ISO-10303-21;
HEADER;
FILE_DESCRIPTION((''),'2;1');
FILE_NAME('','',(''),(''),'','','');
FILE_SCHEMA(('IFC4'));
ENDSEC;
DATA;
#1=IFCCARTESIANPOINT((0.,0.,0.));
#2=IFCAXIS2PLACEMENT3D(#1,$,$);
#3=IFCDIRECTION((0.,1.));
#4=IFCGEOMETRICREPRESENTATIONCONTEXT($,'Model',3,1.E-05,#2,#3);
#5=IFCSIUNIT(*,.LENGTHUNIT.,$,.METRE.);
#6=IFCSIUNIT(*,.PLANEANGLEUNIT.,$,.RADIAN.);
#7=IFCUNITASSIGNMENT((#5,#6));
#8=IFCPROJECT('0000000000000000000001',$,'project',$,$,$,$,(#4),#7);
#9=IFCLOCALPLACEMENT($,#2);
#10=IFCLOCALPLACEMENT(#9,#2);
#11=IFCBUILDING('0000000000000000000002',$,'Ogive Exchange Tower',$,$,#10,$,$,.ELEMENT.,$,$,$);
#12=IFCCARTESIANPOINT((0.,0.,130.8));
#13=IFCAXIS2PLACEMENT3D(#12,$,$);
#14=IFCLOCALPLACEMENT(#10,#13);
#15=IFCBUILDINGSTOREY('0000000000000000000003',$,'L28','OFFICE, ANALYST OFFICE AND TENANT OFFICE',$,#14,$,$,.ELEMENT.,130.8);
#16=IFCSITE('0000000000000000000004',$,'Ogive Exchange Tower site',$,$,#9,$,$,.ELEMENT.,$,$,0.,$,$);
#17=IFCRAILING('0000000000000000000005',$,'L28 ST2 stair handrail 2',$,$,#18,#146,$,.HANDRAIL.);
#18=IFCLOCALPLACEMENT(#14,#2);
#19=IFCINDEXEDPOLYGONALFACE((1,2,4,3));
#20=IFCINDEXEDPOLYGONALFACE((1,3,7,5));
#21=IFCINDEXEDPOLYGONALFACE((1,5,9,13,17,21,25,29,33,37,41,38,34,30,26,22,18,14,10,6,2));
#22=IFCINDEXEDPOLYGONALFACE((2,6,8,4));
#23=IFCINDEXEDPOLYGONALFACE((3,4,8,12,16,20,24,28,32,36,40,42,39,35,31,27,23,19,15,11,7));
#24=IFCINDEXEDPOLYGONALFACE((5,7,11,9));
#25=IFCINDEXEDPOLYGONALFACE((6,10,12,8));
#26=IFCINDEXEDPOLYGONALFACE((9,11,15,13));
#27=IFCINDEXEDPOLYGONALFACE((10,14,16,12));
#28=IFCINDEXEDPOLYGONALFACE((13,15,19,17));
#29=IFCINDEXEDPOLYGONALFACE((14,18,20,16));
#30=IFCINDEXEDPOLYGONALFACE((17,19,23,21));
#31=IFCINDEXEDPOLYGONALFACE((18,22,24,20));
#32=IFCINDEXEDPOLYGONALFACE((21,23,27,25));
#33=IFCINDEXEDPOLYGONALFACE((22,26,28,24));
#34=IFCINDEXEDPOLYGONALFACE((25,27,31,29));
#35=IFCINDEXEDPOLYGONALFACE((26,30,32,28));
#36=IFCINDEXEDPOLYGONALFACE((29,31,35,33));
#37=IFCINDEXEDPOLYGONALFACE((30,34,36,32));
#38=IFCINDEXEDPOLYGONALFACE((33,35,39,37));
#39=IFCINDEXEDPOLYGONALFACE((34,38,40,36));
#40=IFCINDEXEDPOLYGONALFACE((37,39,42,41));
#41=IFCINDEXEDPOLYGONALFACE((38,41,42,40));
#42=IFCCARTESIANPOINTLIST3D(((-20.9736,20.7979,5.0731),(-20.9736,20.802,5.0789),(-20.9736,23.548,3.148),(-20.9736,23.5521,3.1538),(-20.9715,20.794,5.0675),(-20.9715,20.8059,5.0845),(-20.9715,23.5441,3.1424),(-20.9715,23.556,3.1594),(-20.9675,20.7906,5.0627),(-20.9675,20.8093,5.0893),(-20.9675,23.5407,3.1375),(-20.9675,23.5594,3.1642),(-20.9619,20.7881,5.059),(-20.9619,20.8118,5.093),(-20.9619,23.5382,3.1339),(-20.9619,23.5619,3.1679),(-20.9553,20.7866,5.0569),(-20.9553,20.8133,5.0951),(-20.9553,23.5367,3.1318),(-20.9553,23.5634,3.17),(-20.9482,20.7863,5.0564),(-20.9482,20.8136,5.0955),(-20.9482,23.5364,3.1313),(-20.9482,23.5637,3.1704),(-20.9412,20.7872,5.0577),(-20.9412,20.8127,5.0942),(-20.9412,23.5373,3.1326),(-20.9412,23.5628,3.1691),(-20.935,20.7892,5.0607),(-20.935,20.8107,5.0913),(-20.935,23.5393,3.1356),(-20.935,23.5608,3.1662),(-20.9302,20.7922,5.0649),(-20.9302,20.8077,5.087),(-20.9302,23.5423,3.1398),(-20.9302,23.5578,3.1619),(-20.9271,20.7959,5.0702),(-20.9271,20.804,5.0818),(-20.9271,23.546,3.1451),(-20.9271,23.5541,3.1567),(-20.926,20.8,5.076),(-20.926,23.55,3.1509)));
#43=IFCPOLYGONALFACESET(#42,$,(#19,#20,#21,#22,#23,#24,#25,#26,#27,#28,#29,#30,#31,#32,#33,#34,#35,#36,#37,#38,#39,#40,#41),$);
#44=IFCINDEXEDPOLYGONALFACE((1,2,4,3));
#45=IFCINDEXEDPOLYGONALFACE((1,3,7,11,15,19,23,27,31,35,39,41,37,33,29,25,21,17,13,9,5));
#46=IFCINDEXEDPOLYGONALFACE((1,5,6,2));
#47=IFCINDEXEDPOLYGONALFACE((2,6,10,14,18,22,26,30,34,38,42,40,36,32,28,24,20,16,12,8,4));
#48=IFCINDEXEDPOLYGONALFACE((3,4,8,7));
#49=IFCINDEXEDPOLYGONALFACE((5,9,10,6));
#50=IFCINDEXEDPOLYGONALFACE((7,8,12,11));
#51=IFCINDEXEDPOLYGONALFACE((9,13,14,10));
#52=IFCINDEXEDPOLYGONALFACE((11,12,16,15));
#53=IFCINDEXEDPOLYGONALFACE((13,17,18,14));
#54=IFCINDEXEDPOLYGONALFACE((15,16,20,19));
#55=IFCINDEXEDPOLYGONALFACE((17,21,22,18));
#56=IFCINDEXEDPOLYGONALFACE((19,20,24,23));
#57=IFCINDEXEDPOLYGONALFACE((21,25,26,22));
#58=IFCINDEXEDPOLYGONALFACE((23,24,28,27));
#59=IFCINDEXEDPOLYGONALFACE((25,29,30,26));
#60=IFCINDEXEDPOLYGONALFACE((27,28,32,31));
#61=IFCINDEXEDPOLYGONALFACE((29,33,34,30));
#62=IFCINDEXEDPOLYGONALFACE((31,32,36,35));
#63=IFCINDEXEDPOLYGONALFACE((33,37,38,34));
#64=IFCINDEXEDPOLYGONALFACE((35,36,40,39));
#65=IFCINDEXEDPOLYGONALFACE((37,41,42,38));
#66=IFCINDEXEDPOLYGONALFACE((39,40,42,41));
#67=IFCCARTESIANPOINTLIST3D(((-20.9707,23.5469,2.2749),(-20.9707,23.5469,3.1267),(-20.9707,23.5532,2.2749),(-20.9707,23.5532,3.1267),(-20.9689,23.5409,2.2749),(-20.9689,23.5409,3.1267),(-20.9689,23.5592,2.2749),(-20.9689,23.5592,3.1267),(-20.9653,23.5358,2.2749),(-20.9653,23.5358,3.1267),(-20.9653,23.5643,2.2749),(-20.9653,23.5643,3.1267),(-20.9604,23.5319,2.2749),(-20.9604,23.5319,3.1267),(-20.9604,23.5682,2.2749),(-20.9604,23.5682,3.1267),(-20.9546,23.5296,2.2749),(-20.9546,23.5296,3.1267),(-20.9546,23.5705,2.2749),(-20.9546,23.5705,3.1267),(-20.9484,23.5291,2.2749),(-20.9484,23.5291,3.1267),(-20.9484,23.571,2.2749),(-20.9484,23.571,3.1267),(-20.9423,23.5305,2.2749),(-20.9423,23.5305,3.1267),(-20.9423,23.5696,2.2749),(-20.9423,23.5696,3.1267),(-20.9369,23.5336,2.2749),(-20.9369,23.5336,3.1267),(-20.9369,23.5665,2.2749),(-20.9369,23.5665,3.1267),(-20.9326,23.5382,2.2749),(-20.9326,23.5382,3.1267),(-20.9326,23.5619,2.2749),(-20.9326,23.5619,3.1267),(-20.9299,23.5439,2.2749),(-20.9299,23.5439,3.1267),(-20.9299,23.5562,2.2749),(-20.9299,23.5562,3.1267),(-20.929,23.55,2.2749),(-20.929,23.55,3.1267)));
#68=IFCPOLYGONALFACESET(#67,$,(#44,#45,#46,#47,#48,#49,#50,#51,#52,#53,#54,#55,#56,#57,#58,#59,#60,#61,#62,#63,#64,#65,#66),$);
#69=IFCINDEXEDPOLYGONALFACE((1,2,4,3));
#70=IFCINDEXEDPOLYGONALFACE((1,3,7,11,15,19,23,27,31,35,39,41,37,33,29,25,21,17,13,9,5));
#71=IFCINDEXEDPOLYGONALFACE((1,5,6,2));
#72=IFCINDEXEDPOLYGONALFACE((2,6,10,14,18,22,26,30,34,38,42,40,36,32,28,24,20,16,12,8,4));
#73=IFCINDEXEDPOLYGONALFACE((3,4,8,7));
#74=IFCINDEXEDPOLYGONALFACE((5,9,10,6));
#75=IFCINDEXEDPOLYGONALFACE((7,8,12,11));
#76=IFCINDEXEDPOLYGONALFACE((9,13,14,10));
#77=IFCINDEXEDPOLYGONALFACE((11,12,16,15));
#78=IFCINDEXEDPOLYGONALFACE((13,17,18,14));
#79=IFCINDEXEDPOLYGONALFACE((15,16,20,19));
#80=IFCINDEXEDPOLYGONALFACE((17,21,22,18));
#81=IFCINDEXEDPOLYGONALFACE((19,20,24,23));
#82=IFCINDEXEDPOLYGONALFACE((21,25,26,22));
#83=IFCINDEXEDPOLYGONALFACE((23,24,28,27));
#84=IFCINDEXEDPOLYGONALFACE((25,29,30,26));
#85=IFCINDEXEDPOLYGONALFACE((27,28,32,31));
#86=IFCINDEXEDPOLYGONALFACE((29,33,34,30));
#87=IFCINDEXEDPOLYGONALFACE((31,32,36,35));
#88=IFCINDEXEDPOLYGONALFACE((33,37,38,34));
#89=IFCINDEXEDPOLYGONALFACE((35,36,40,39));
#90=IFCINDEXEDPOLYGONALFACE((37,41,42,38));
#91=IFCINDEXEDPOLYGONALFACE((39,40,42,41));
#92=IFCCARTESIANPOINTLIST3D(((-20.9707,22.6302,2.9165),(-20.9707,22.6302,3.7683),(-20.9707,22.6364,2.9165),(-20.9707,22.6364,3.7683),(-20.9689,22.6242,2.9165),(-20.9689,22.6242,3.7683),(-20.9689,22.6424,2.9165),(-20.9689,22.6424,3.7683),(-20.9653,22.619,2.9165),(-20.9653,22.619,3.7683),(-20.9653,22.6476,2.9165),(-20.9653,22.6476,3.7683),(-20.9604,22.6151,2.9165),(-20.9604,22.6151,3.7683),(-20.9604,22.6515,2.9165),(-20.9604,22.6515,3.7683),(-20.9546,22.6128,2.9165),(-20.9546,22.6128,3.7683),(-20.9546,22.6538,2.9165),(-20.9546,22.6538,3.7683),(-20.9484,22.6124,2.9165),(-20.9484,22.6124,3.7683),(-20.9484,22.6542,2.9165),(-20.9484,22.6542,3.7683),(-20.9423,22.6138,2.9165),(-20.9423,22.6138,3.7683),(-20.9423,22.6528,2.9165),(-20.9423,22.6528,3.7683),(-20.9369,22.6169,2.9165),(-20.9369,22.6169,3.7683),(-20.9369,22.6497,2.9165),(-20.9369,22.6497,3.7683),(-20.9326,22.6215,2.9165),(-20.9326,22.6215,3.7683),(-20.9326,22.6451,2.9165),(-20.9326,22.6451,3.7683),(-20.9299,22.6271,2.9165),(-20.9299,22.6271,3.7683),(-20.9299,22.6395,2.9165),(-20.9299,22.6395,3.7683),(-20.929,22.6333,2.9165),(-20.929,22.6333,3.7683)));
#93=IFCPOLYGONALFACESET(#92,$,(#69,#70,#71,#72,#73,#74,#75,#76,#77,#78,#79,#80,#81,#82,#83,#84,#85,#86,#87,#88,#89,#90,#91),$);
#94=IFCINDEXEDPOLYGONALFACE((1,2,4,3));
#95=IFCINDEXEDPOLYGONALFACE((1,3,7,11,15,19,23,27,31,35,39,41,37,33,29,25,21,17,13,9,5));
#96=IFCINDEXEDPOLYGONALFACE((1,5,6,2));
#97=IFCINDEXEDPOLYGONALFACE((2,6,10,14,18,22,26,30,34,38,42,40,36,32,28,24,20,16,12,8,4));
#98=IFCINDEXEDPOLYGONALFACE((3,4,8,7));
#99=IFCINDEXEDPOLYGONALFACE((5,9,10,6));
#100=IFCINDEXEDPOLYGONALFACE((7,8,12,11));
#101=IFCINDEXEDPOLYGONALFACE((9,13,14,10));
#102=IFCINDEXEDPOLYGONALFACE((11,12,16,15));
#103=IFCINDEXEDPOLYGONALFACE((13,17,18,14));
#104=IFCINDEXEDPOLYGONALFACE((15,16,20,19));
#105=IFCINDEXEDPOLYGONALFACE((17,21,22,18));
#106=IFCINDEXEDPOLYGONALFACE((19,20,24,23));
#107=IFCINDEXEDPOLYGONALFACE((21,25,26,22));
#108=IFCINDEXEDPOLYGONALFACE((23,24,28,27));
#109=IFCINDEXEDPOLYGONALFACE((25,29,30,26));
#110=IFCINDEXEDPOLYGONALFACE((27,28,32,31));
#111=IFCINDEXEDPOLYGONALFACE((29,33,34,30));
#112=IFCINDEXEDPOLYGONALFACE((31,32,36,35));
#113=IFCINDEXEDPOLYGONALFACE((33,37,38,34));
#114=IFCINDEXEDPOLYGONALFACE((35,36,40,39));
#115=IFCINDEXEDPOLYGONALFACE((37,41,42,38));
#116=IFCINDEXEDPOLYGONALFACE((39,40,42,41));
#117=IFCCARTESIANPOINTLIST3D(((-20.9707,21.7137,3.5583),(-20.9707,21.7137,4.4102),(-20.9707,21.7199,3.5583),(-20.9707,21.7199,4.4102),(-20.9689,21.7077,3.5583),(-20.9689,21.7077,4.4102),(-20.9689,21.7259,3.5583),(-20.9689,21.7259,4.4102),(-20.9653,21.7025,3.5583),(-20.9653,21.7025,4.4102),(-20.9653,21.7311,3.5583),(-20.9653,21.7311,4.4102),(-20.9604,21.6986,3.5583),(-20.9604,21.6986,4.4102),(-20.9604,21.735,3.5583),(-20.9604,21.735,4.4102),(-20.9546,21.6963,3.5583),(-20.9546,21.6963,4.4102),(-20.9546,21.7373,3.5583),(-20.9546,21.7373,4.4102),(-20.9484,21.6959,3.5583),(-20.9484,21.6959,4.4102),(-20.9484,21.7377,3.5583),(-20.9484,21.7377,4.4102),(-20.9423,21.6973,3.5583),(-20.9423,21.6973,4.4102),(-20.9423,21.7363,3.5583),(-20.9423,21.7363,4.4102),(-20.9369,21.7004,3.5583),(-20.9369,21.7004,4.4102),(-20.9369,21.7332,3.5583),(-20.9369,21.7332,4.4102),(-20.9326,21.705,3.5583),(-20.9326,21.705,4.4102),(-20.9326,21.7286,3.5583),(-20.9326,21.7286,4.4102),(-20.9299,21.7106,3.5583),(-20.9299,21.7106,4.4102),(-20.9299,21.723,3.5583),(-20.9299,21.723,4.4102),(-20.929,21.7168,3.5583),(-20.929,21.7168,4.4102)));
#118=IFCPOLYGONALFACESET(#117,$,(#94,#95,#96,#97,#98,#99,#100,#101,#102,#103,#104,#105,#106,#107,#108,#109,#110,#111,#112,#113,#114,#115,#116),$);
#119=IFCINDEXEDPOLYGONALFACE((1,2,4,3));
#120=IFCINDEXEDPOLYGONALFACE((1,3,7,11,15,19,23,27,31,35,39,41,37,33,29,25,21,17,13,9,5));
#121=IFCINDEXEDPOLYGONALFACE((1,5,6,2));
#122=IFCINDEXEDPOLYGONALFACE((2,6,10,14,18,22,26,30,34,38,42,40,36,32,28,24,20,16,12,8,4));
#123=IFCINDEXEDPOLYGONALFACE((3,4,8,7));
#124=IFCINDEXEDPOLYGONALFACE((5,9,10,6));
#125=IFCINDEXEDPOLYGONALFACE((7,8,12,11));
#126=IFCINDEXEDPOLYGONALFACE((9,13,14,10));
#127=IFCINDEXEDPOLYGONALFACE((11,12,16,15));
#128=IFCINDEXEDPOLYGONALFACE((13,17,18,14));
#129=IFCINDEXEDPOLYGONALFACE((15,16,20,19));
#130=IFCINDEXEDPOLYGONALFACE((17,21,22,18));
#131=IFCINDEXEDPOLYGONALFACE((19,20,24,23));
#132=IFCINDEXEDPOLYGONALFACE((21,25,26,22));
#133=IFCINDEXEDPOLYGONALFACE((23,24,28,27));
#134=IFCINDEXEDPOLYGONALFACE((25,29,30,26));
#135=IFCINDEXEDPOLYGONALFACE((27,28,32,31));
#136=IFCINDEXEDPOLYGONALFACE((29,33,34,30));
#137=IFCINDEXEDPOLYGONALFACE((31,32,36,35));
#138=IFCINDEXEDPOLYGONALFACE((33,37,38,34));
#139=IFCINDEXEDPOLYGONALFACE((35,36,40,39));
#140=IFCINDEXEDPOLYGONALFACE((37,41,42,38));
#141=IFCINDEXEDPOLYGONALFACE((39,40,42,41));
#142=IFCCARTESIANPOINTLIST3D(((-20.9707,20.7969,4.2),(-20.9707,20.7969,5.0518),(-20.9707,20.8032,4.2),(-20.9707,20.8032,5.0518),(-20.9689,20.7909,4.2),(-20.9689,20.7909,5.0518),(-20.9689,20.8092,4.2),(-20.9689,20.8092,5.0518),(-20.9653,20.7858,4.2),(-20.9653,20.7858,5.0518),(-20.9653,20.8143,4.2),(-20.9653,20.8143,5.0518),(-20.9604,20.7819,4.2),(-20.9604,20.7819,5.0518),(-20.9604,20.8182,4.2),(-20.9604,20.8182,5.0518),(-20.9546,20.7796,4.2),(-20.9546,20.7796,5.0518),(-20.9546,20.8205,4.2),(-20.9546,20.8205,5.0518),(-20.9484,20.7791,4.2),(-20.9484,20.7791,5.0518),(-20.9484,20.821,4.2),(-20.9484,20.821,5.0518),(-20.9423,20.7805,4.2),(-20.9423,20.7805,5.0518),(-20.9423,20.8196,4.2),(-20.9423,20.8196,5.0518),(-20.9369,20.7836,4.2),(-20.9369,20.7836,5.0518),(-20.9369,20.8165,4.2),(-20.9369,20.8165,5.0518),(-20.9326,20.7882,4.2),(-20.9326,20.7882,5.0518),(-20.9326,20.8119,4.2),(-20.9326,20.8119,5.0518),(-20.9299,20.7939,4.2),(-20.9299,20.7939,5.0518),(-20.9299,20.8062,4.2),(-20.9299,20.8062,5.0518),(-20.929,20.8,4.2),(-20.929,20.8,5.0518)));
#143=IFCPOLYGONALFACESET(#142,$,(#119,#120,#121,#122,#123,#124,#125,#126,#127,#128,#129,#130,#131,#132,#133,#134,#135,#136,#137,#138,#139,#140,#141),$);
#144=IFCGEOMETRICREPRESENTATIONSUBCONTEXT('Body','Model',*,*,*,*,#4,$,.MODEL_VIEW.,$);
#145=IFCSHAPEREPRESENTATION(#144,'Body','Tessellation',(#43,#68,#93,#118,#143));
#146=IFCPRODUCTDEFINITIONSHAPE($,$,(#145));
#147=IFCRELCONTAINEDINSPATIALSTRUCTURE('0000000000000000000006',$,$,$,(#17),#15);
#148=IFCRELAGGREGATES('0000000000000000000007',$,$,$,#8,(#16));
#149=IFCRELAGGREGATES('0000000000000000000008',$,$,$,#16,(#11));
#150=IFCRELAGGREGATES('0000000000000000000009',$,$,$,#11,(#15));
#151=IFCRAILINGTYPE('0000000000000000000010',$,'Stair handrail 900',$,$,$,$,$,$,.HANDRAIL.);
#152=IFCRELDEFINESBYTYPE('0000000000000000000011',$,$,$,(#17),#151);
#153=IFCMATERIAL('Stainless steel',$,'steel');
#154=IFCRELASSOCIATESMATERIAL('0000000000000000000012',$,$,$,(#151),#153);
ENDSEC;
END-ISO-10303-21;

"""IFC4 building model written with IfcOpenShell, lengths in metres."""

from ifc_helpers import new_model, si_unit, direction, frame, origin, origin_2d, place, context, subcontext, project, spatial, circle, extrude, material, type_object, element, save


model = new_model("IFC4")

# Units and contexts
model_context = context("Model", 3, precision=1e-05, world=origin(), true_north=direction((0.0, 1.0)))
body_context = subcontext(model_context, "Body", "Model", "MODEL_VIEW")
ifc_project = project(units=[si_unit("LENGTHUNIT", "METRE"), si_unit("PLANEANGLEUNIT", "RADIAN")], contexts=[model_context])

# Site, building, storey
site_placement = place(None, origin())
site = spatial("IfcSite", under=ifc_project, at=site_placement, Name="Ogive Exchange Tower site", CompositionType="ELEMENT", RefElevation=0.0)
building_placement = place(site_placement, origin())
building = spatial("IfcBuilding", under=site, at=building_placement, Name="Ogive Exchange Tower", CompositionType="ELEMENT")
storey_placement = place(building_placement, frame((0.0, 0.0, 130.8)))
storey = spatial("IfcBuildingStorey", under=building, at=storey_placement, Name="L28", Description="OFFICE, ANALYST OFFICE AND TENANT OFFICE", CompositionType="ELEMENT", Elevation=130.8)

# Shared definitions
ifc_material_1 = material(Name="Stainless steel", Category="steel")

# Railing
railing_type = type_object("IfcRailingType", Name="Stair handrail 900", PredefinedType="HANDRAIL", material=ifc_material_1)
railing_1_placement = place(storey_placement, frame((-20.95, 23.55, 2.2749)))
element("IfcRailing", 1, at=railing_1_placement, inside=storey, type_object=railing_type, Name="L28 ST2 stair handrail 2", PredefinedType="HANDRAIL", context=body_context, shape_type="SweptSolid", body=[
    extrude(circle(Radius=0.0239, at=origin_2d()), frame((0.0, 0.0, 0.876), z_axis=(0.0, -0.819225, 0.573472), x_axis=(1.0, 0.0, 0.0)), (0.0, 0.0, 1.0), 3.3569),
    extrude(circle(Radius=0.021, at=origin_2d()), origin(), (0.0, 0.0, 1.0), 0.8518),
    extrude(circle(Radius=0.021, at=origin_2d()), frame((0.0, -0.9167, 0.6416)), (0.0, 0.0, 1.0), 0.8518),
    extrude(circle(Radius=0.021, at=origin_2d()), frame((0.0, -1.8333, 1.2834)), (0.0, 0.0, 1.0), 0.8518),
    extrude(circle(Radius=0.021, at=origin_2d()), frame((0.0, -2.75, 1.925)), (0.0, 0.0, 1.0), 0.8518),
])

save(model, "model.ifc")
